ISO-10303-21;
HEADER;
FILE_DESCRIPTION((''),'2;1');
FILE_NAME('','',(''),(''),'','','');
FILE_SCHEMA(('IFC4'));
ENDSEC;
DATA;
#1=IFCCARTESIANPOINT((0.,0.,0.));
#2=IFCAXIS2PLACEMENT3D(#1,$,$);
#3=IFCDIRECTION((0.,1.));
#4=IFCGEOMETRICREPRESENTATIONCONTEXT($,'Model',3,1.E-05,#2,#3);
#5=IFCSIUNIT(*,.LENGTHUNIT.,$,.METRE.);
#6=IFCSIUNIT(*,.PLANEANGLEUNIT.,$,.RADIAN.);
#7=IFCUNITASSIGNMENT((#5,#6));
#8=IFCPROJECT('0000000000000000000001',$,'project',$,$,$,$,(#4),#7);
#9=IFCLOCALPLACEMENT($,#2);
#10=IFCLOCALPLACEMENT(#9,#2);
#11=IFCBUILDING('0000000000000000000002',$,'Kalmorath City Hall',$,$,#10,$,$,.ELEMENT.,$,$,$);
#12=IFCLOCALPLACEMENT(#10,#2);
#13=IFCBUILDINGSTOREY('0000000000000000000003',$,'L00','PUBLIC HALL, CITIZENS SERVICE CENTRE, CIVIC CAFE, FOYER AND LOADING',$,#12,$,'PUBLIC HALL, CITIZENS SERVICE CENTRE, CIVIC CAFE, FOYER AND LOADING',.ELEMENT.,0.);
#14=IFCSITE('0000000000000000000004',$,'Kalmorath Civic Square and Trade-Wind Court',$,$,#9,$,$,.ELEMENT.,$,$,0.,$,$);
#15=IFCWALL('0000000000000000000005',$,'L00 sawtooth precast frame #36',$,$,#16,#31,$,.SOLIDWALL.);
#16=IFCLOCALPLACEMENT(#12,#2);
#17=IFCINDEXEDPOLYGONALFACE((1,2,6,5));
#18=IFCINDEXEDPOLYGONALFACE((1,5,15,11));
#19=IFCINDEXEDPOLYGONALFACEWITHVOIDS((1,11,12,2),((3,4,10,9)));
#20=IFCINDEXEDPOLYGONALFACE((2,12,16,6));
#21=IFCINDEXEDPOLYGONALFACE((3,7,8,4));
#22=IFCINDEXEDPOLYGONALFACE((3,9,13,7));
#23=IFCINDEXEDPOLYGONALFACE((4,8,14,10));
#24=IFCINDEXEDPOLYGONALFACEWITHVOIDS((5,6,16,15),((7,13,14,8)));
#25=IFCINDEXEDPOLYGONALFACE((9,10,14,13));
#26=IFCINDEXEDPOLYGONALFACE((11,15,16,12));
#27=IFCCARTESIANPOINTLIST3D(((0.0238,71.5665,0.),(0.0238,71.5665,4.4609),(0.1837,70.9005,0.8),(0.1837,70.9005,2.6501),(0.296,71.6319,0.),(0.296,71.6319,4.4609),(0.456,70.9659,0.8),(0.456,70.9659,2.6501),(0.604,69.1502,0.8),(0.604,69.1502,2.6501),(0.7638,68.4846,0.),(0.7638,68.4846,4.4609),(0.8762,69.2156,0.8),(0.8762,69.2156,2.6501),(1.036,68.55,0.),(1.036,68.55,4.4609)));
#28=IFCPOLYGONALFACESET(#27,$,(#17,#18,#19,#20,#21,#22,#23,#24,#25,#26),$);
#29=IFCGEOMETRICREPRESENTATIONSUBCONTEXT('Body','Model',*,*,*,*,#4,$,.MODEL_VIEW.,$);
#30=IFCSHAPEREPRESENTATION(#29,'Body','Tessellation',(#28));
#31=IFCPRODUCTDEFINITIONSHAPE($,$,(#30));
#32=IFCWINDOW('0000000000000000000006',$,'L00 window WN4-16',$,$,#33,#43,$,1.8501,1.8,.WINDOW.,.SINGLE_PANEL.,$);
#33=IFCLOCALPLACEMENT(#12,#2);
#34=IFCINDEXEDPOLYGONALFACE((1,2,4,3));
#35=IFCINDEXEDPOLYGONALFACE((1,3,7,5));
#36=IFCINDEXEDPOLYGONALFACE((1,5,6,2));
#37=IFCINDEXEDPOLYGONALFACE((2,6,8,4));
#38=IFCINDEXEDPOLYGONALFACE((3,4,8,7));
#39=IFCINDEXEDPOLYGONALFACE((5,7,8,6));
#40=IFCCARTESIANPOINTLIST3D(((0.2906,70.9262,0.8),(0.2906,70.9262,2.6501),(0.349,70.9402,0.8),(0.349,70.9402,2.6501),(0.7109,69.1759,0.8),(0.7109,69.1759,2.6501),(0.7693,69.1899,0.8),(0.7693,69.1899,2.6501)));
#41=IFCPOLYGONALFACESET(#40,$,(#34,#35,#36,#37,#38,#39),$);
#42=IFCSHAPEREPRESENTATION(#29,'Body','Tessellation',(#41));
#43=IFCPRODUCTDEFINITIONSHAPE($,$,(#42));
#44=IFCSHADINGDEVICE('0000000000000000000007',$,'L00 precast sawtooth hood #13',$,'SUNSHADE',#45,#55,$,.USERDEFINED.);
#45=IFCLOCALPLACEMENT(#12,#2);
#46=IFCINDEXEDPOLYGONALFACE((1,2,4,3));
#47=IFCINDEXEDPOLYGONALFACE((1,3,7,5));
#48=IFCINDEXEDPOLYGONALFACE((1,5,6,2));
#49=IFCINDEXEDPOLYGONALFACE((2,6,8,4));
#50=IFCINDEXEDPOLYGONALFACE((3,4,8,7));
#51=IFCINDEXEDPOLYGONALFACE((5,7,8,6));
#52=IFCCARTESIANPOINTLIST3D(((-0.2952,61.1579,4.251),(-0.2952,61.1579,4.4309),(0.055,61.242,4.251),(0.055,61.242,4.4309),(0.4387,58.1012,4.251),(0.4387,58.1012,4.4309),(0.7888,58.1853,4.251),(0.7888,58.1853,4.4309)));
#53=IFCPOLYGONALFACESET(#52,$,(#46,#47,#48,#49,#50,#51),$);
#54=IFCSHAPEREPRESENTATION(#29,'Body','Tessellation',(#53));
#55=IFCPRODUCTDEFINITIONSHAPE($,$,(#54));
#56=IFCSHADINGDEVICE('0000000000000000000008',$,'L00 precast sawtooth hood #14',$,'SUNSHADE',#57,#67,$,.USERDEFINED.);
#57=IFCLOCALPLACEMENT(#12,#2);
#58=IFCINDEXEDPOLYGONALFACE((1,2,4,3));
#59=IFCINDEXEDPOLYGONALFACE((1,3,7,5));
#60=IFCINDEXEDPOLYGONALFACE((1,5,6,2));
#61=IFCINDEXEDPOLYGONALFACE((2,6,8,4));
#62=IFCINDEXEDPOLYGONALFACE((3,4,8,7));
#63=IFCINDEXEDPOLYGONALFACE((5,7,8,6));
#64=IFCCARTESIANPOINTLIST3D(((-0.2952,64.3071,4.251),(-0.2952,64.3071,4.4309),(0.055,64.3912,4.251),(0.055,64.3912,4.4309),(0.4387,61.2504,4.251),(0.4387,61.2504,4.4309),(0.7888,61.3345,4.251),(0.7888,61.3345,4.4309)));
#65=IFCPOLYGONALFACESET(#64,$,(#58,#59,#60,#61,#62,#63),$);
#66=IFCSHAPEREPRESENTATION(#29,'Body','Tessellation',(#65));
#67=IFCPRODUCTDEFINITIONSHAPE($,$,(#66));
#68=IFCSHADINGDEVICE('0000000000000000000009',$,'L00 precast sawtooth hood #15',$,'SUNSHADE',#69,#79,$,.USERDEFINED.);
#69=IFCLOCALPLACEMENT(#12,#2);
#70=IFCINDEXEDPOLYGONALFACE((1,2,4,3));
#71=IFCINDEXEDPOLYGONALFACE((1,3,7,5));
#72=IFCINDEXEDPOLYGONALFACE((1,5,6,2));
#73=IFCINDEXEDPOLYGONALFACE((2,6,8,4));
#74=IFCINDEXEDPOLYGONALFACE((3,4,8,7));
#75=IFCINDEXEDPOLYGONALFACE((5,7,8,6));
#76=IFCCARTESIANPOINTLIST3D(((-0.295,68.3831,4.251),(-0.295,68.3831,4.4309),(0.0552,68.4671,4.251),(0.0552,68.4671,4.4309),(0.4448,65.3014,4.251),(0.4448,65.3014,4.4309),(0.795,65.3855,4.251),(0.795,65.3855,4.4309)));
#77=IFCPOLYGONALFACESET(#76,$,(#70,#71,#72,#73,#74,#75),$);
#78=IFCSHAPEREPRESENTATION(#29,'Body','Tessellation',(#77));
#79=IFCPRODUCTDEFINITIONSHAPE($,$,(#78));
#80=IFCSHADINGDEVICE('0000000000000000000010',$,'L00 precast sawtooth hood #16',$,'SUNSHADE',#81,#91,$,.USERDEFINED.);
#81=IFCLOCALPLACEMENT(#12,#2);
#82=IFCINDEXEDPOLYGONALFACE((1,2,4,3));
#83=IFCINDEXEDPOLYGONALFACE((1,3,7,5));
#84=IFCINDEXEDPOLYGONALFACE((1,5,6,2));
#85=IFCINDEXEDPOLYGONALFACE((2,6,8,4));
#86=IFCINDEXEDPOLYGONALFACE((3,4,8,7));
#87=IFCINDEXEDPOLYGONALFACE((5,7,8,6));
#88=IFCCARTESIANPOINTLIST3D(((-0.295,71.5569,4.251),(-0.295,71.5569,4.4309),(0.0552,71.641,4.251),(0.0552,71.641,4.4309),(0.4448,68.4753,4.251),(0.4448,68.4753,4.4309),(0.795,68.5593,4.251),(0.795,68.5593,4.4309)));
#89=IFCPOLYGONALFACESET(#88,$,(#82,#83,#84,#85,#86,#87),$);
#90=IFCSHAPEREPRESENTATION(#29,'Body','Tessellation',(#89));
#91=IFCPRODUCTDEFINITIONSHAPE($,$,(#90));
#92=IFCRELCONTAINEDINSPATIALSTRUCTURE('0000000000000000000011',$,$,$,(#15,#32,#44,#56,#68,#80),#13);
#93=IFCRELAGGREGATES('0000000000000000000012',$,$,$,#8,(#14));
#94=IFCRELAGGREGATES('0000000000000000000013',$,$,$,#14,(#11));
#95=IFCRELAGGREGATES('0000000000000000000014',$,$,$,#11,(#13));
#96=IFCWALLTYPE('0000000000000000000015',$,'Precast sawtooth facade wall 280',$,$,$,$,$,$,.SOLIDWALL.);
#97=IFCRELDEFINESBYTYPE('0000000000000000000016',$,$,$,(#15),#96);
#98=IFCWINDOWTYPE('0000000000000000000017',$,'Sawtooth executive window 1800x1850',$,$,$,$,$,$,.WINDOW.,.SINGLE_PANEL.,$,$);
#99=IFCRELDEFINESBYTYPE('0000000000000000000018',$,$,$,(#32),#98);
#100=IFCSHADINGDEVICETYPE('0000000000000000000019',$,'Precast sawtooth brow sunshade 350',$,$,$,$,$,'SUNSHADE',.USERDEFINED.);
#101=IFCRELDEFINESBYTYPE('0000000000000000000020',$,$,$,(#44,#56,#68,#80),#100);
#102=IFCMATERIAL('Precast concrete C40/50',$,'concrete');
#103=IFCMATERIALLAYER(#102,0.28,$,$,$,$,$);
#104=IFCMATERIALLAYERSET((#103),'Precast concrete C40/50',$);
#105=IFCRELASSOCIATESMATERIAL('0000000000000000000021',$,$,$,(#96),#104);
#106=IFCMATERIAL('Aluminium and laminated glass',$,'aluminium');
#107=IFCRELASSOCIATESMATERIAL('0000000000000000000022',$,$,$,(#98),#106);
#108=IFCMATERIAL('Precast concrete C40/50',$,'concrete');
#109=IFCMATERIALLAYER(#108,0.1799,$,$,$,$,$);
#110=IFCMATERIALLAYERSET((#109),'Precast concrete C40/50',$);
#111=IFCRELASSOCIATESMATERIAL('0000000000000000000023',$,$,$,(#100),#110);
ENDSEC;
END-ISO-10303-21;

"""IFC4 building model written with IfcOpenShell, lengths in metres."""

from ifc_helpers import new_model, si_unit, direction, frame, frame_2d, origin, origin_2d, place, context, subcontext, project, spatial, rectangle, extrude, material, layer, layer_set, type_object, element, fill, save


model = new_model("IFC4")

# Units and contexts
model_context = context("Model", 3, precision=1e-05, world=origin(), true_north=direction((0.0, 1.0)))
body_context = subcontext(model_context, "Body", "Model", "MODEL_VIEW")
ifc_project = project(units=[si_unit("LENGTHUNIT", "METRE"), si_unit("PLANEANGLEUNIT", "RADIAN")], contexts=[model_context])

# Site, building, storey
site_placement = place(None, origin())
site = spatial("IfcSite", under=ifc_project, at=site_placement, Name="Kalmorath Civic Square and Trade-Wind Court", CompositionType="ELEMENT", RefElevation=0.0)
building_placement = place(site_placement, origin())
building = spatial("IfcBuilding", under=site, at=building_placement, Name="Kalmorath City Hall", CompositionType="ELEMENT")
storey_placement = place(building_placement, origin())
storey = spatial("IfcBuildingStorey", under=building, at=storey_placement, Name="L00", Description="PUBLIC HALL, CITIZENS SERVICE CENTRE, CIVIC CAFE, FOYER AND LOADING", LongName="PUBLIC HALL, CITIZENS SERVICE CENTRE, CIVIC CAFE, FOYER AND LOADING", CompositionType="ELEMENT", Elevation=0.0)

# Wall, opening, window
ifc_material_1 = material(Name="Precast concrete C40/50", Category="concrete")
ifc_layer_1 = layer(ifc_material_1, 0.28)
ifc_layer_set_1 = layer_set([ifc_layer_1], Name="Precast concrete C40/50")
wall_type_1 = type_object("IfcWallType", Name="Precast sawtooth facade wall 280", PredefinedType="SOLIDWALL", material=ifc_layer_set_1)
ifc_material_2 = material(Name="Aluminium and laminated glass", Category="aluminium")
window_type = type_object("IfcWindowType", Name="Sawtooth executive window 1800x1850", PartitioningType="SINGLE_PANEL", PredefinedType="WINDOW", material=ifc_material_2)
wall_1_placement = place(storey_placement, frame((0.8999, 68.5173, 0.0), z_axis=(0.0, 0.0, 1.0), x_axis=(-0.233481, 0.972361, 0.0)))
wall_1 = element("IfcWall", 1, at=wall_1_placement, inside=storey, type_object=wall_type_1, Name="L00 sawtooth precast frame #36", PredefinedType="SOLIDWALL", context=body_context, shape_type="SweptSolid", body=[
    extrude(rectangle(XDim=3.1694, YDim=0.28, at=frame_2d((1.5847, 0.0))), origin(), (0.0, 0.0, 1.0), 4.4609),
])
opening_1_placement = place(wall_1_placement, frame((0.6846, 0.0, 0.8)))
opening_1 = element("IfcOpeningElement", 2, at=opening_1_placement, cuts=wall_1, PredefinedType="OPENING", context=body_context, shape_type="SweptSolid", body=[
    extrude(rectangle(XDim=1.8, YDim=1.8501, at=frame_2d((0.8999, 0.925))), frame((0.0, 0.1499, 0.0), z_axis=(0.0, -1.0, 0.0), x_axis=(1.0, 0.0, 0.0)), (0.0, 0.0, 1.0), 0.3),
])
window_1_placement = place(opening_1_placement, origin())
window_1 = element("IfcWindow", 3, at=window_1_placement, inside=storey, type_object=window_type, Name="L00 window WN4-16", OverallHeight=1.8501, OverallWidth=1.8, PartitioningType="SINGLE_PANEL", PredefinedType="WINDOW", context=body_context, shape_type="SweptSolid", body=[
    extrude(rectangle(XDim=1.8, YDim=1.8501, at=frame_2d((0.8999, 0.925))), frame((0.0, 0.03, 0.0), z_axis=(0.0, -1.0, 0.0), x_axis=(1.0, 0.0, 0.0)), (0.0, 0.0, 1.0), 0.0601),
])
fill(opening_1, window_1)

# Shading devices
ifc_material_3 = material(Name="Precast concrete C40/50", Category="concrete")
ifc_layer_2 = layer(ifc_material_3, 0.1799)
ifc_layer_set_2 = layer_set([ifc_layer_2], Name="Precast concrete C40/50")
shading_device_type = type_object("IfcShadingDeviceType", Name="Precast sawtooth brow sunshade 350", ElementType="SUNSHADE", PredefinedType="USERDEFINED", material=ifc_layer_set_2)
for number, where, z_axis, x_axis, name in (
    (4, (0.2468, 59.6716, 4.251), (0.0, 0.0, 1.0), (-0.233445, 0.97237, 0.0), "L00 precast sawtooth hood #13"),
    (5, (0.2468, 62.8208, 4.251), (0.0, 0.0, 1.0), (-0.233445, 0.97237, 0.0), "L00 precast sawtooth hood #14"),
):
    element("IfcShadingDevice", number, at=place(storey_placement, frame(where, z_axis=z_axis, x_axis=x_axis)), inside=storey, type_object=shading_device_type, Name=name, ObjectType="SUNSHADE", PredefinedType="USERDEFINED", context=body_context, shape_type="SweptSolid", body=[
        extrude(rectangle(XDim=3.1436, YDim=0.3601, at=origin_2d()), origin(), (0.0, 0.0, 1.0), 0.1799),
    ])
for number, where, z_axis, x_axis, name in (
    (6, (0.25, 66.8843, 4.251), (0.0, 0.0, 1.0), (-0.233445, 0.97237, 0.0), "L00 precast sawtooth hood #15"),
    (7, (0.25, 70.0581, 4.251), (0.0, 0.0, 1.0), (-0.233445, 0.97237, 0.0), "L00 precast sawtooth hood #16"),
):
    element("IfcShadingDevice", number, at=place(storey_placement, frame(where, z_axis=z_axis, x_axis=x_axis)), inside=storey, type_object=shading_device_type, Name=name, ObjectType="SUNSHADE", PredefinedType="USERDEFINED", context=body_context, shape_type="SweptSolid", body=[
        extrude(rectangle(XDim=3.1692, YDim=0.3601, at=origin_2d()), origin(), (0.0, 0.0, 1.0), 0.1799),
    ])

save(model, "model.ifc")
